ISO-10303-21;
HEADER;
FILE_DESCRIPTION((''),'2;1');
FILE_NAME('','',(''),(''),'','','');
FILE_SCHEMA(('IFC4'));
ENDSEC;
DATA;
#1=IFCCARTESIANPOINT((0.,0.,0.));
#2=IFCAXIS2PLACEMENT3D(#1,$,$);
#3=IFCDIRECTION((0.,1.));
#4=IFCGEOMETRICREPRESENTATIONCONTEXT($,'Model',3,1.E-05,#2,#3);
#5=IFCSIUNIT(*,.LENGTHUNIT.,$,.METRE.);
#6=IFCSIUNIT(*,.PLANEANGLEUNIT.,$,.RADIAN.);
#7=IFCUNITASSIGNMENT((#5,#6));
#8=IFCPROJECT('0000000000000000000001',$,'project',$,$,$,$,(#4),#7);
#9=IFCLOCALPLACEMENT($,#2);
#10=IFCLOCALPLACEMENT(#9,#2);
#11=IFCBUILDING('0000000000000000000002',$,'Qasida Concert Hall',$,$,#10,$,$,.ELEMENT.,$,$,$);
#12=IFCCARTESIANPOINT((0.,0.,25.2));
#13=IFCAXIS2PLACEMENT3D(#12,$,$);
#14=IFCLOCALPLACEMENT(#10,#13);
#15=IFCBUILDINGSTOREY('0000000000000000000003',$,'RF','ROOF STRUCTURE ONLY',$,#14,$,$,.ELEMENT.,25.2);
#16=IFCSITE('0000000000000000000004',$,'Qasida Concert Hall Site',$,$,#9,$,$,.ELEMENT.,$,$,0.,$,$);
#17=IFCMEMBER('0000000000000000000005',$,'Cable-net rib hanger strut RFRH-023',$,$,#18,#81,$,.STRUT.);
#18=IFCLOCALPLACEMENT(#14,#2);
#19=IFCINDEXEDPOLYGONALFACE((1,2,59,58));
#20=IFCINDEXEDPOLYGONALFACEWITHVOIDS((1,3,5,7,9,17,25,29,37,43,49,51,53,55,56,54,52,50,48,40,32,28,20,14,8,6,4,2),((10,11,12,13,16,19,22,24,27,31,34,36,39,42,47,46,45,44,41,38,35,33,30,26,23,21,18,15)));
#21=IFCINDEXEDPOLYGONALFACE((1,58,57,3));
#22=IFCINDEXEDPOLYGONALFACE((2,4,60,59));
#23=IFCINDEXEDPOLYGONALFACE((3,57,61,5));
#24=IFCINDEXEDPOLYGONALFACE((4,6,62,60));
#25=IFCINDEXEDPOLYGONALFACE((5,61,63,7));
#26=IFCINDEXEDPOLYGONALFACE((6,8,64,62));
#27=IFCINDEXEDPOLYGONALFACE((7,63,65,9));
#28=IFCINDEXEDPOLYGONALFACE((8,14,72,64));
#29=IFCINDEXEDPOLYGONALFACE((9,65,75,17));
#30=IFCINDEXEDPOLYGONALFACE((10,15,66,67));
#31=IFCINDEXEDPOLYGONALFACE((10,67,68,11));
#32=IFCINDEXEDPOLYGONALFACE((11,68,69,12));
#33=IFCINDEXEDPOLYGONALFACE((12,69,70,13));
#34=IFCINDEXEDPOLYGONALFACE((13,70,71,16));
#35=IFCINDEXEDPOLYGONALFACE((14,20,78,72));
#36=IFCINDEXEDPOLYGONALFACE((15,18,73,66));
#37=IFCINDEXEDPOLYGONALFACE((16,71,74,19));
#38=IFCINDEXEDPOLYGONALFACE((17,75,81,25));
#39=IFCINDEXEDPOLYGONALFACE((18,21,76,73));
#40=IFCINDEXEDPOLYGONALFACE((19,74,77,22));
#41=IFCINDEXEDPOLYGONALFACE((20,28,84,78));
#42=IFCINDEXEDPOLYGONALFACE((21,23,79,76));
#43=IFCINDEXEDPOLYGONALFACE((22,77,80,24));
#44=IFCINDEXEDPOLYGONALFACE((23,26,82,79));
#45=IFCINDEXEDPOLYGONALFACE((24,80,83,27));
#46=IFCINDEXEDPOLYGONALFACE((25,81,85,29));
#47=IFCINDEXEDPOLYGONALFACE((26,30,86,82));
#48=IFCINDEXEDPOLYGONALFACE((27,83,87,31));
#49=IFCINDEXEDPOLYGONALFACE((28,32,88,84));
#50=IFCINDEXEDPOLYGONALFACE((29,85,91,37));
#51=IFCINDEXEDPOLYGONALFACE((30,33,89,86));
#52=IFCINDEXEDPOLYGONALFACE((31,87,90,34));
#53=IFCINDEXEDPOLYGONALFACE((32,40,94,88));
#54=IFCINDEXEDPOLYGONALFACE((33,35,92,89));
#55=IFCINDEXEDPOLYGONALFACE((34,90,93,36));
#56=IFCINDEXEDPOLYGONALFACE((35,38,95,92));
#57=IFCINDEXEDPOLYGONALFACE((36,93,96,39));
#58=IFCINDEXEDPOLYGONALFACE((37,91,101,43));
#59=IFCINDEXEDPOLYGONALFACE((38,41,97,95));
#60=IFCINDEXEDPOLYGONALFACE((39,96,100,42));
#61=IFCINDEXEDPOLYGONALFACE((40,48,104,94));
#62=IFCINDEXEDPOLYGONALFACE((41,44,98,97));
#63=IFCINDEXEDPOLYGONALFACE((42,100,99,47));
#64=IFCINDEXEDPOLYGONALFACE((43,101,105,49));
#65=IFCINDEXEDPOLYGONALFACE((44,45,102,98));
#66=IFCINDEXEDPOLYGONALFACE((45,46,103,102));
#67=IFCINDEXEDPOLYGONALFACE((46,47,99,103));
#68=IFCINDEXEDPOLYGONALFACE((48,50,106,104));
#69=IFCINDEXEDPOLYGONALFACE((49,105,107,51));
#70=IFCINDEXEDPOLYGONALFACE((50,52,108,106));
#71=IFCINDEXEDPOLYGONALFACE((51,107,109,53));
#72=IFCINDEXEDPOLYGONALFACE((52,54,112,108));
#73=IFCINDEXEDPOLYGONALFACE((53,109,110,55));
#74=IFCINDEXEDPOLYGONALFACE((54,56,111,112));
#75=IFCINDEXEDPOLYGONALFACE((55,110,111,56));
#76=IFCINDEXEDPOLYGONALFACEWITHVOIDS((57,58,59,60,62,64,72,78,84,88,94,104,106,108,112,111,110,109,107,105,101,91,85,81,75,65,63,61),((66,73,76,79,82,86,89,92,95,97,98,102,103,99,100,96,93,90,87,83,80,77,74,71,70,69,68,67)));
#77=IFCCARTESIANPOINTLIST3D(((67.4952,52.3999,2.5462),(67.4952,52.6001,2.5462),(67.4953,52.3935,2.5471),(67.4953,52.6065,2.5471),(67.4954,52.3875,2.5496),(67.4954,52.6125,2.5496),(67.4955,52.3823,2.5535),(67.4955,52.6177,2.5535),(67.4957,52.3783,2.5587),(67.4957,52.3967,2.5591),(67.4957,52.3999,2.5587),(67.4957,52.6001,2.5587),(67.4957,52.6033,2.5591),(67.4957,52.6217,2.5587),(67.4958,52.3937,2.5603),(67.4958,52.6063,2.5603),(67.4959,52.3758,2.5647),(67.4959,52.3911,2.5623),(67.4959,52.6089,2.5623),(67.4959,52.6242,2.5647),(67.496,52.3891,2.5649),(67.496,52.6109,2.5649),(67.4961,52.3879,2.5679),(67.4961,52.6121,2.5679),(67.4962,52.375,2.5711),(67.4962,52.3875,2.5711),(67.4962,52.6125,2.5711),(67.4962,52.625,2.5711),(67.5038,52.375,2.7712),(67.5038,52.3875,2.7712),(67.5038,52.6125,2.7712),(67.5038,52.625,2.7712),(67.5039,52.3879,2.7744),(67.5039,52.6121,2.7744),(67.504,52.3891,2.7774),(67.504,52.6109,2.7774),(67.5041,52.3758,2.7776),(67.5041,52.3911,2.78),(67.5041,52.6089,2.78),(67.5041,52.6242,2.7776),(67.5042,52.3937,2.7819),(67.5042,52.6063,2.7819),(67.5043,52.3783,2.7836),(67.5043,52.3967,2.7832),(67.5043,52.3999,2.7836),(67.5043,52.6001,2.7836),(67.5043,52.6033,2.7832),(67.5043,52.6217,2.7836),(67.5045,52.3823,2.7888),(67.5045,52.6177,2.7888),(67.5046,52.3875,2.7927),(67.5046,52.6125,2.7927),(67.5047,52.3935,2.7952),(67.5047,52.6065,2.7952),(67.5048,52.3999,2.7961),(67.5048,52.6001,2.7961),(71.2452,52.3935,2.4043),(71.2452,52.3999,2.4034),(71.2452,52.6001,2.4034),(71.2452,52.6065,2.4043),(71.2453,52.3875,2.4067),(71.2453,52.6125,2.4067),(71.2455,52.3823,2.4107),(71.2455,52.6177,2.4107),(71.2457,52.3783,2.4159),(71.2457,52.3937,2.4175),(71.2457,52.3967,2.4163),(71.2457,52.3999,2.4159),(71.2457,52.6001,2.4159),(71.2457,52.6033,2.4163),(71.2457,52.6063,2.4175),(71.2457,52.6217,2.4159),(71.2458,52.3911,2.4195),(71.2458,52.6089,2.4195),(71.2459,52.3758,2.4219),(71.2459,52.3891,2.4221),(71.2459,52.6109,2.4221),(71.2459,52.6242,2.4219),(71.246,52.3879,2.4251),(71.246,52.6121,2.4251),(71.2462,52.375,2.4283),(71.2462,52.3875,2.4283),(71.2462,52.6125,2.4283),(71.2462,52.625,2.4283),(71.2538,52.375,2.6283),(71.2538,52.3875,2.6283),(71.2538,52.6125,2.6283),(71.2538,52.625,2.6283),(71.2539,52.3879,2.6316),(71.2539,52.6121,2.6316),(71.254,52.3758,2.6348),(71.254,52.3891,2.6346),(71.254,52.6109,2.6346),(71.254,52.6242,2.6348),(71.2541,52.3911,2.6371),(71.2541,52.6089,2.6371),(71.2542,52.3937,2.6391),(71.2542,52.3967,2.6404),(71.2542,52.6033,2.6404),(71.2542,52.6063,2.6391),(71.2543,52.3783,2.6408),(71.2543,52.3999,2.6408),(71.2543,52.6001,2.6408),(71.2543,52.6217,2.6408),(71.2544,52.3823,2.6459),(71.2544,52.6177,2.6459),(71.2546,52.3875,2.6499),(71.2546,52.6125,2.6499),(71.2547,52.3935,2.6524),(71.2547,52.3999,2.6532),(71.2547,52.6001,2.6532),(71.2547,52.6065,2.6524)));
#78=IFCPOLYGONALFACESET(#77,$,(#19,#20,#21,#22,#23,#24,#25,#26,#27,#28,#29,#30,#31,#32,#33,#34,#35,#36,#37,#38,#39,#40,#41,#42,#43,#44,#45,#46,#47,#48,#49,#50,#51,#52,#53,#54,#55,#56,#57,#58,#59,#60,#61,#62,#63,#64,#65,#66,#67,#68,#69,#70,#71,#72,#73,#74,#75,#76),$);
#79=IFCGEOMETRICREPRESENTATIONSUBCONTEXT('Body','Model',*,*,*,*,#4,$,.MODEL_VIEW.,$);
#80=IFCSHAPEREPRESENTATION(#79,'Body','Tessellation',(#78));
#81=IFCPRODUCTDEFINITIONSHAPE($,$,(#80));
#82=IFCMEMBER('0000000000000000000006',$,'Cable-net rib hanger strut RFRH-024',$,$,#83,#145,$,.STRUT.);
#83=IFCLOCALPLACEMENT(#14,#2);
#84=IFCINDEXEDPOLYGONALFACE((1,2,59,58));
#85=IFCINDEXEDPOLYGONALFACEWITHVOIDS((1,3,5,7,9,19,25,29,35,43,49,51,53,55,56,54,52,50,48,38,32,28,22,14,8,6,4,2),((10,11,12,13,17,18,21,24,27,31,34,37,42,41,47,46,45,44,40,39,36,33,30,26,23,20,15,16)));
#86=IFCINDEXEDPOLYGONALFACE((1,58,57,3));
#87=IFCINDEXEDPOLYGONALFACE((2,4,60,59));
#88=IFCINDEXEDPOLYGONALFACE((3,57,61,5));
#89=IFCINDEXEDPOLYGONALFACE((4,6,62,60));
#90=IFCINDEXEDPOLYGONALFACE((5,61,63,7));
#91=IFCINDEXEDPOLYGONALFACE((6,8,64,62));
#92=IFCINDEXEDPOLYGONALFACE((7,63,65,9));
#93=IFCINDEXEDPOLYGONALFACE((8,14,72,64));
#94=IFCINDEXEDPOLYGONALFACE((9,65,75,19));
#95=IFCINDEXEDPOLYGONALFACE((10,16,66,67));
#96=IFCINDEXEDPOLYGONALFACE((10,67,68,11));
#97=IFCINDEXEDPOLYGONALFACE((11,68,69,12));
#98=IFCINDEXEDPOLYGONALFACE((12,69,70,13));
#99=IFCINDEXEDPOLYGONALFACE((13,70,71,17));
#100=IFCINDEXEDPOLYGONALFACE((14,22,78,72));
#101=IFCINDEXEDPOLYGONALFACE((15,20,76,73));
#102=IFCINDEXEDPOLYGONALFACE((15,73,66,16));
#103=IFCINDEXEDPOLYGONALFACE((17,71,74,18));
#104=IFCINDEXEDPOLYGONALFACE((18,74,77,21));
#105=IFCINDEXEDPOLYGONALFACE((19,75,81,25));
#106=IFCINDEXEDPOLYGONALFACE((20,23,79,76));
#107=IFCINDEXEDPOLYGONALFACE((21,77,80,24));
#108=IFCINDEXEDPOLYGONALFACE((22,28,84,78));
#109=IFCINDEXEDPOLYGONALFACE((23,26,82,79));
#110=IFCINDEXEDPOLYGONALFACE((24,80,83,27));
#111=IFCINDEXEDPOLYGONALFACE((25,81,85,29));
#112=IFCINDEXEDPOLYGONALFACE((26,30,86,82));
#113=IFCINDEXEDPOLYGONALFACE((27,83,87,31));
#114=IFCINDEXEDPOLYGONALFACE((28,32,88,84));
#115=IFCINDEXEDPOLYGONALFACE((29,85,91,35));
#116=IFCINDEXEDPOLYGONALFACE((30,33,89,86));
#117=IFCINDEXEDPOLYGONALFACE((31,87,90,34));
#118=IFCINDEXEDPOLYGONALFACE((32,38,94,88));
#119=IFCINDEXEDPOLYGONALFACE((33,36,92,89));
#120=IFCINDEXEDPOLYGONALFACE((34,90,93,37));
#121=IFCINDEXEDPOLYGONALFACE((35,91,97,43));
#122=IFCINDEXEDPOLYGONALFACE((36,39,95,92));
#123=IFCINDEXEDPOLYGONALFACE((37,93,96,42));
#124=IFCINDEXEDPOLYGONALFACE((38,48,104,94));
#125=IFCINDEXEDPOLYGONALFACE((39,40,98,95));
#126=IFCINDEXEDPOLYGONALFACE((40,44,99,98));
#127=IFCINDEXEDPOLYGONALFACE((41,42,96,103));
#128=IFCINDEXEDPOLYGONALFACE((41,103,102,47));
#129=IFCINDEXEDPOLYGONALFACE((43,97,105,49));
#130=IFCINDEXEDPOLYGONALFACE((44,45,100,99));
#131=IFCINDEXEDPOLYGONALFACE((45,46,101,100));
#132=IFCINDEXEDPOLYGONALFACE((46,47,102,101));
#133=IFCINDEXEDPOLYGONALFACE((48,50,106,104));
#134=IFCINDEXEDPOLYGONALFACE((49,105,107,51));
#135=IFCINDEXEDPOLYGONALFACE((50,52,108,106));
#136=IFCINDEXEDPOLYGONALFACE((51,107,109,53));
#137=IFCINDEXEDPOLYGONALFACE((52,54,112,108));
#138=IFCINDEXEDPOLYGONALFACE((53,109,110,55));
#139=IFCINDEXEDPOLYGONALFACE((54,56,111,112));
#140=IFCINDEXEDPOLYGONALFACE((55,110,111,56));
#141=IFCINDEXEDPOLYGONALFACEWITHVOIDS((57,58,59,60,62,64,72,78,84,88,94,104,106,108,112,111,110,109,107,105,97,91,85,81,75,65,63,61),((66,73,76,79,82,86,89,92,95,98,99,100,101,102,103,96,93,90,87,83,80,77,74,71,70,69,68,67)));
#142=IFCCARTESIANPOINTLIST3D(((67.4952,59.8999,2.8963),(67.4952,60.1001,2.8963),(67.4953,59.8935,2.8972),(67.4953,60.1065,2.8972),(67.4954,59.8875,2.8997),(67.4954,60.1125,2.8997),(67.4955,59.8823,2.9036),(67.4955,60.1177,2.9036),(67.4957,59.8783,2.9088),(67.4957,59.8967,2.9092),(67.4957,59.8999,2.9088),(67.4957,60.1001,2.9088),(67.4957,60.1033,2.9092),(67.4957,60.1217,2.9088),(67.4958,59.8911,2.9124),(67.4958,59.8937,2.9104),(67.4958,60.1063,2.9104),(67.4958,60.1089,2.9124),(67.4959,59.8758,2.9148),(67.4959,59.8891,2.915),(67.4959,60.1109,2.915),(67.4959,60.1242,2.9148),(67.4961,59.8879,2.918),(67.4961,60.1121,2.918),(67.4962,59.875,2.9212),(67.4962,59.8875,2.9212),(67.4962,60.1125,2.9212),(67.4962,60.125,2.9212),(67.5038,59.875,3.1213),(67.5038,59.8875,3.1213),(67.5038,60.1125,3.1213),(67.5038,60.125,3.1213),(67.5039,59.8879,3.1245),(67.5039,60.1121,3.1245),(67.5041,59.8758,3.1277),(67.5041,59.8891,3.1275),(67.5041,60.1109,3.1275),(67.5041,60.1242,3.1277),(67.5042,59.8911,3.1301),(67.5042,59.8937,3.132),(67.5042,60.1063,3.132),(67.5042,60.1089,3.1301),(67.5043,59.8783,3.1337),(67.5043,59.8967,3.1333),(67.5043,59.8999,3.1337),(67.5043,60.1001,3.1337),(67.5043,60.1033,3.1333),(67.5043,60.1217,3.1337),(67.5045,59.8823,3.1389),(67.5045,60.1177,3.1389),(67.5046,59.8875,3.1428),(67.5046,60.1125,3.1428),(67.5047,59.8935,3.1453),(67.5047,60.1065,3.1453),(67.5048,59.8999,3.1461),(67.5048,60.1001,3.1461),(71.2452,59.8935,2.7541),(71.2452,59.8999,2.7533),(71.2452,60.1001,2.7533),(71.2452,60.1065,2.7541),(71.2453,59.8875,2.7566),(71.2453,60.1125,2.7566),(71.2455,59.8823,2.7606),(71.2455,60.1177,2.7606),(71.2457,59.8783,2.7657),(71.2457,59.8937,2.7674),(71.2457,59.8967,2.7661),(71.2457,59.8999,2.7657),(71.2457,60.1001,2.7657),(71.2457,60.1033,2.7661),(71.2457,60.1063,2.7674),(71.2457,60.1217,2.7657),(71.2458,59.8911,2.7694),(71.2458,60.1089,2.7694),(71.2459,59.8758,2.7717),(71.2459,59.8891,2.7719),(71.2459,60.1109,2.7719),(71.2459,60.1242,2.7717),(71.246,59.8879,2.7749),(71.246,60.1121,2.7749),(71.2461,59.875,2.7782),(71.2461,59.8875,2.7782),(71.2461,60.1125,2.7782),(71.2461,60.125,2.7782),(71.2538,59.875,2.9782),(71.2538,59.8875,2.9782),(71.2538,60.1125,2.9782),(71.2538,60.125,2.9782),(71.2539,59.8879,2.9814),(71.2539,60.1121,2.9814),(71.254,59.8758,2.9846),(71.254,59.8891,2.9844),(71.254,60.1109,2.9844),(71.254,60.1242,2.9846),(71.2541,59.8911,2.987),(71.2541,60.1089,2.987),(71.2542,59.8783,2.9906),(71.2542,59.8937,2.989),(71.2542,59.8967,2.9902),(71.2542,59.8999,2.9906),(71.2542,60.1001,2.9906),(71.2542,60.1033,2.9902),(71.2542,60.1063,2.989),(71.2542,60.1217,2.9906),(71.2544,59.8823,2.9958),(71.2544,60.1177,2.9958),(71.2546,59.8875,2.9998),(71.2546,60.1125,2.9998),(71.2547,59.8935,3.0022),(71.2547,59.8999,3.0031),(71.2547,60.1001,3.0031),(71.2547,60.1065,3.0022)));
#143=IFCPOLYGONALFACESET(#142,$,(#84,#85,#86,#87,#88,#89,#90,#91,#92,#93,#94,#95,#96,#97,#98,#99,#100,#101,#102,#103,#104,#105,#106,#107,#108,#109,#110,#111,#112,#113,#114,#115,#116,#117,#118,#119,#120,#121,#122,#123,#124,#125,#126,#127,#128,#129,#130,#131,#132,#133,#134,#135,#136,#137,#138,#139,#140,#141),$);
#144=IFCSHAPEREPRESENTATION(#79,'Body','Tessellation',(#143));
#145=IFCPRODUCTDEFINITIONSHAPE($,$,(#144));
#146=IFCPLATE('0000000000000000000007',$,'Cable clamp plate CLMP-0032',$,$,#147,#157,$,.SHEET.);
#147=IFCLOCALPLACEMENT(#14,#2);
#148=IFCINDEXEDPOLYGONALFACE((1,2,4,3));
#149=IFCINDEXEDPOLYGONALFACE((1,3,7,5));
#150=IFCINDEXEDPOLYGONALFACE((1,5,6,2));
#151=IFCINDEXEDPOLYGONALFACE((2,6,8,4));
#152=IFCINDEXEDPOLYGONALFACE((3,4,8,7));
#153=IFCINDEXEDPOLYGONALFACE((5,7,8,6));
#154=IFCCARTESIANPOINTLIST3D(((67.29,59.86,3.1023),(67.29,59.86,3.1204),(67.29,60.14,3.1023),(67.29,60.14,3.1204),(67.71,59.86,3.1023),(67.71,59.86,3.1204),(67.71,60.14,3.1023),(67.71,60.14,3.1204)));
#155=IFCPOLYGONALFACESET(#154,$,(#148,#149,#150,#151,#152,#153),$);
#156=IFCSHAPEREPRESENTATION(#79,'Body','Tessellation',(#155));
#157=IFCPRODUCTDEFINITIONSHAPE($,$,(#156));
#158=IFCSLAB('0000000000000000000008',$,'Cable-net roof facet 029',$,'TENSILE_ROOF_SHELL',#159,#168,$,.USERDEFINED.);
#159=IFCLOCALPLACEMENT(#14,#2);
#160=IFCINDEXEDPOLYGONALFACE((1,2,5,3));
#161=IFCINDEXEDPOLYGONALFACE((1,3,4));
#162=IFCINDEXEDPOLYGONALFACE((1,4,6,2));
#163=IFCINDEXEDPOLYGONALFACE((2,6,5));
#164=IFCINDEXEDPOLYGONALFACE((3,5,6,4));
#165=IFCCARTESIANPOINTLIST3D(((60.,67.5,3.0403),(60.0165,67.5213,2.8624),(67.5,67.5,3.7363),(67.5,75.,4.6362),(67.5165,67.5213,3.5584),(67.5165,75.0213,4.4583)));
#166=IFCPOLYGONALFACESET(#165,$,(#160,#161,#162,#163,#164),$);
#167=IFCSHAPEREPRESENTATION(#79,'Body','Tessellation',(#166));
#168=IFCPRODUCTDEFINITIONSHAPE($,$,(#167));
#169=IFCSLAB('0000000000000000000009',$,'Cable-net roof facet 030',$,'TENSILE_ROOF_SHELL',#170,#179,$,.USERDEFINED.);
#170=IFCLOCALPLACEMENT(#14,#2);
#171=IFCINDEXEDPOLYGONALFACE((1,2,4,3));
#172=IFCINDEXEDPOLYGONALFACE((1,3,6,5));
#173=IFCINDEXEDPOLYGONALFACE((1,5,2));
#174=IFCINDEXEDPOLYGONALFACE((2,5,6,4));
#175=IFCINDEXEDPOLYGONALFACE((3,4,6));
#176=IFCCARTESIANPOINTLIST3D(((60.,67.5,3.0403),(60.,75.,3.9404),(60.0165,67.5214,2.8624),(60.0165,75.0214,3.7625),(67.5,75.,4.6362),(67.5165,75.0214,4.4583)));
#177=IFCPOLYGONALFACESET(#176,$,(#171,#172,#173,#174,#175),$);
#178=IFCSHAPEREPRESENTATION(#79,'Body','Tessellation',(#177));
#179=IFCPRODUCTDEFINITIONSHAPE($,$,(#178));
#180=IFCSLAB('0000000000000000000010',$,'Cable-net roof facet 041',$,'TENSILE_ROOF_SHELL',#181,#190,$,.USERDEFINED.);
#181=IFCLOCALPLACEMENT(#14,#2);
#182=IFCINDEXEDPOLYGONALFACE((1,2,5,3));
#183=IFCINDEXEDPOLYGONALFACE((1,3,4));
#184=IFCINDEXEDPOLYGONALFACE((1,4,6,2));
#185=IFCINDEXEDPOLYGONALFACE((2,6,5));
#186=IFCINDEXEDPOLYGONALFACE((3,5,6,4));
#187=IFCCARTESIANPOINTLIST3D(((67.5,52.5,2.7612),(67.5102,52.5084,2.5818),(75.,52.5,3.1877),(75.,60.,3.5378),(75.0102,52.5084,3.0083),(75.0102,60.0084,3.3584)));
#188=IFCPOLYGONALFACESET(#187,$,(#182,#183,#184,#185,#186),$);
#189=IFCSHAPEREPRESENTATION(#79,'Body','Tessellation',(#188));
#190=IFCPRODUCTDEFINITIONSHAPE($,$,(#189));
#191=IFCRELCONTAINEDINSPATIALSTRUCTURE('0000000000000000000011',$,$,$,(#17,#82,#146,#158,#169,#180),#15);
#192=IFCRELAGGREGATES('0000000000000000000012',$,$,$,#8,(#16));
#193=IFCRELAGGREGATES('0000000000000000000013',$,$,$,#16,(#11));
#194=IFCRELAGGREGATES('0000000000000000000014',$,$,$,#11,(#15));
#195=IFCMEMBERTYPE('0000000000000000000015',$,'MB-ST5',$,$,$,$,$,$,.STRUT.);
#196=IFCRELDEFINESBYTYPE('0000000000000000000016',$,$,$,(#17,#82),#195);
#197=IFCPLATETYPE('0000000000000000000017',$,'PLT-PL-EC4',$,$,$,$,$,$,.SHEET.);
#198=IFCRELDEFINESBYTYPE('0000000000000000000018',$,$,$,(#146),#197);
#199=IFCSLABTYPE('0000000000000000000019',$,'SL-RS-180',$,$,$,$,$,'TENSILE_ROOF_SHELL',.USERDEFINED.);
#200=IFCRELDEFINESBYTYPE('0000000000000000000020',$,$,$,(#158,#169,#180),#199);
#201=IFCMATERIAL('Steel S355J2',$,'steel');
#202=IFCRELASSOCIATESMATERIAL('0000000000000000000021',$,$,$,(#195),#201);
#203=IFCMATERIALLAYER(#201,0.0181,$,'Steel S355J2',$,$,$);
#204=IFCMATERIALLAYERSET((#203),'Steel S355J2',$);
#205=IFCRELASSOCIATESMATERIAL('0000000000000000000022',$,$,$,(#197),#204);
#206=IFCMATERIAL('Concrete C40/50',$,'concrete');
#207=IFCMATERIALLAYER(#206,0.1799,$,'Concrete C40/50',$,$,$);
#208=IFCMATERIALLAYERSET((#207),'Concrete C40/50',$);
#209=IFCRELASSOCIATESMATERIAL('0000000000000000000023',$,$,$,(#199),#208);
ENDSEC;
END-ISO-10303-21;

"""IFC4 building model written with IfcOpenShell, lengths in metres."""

from ifc_helpers import new_model, si_unit, direction, frame, origin, origin_2d, place, context, subcontext, project, spatial, polyline, rectangle, hollow_rectangle, outline, extrude, material, layer, layer_set, material_profile, profile_set, type_object, element, save


model = new_model("IFC4")

# Units and contexts
model_context = context("Model", 3, precision=1e-05, world=origin(), true_north=direction((0.0, 1.0)))
body_context = subcontext(model_context, "Body", "Model", "MODEL_VIEW")
ifc_project = project(units=[si_unit("LENGTHUNIT", "METRE"), si_unit("PLANEANGLEUNIT", "RADIAN")], contexts=[model_context])

# Site, building, storey
site_placement = place(None, origin())
site = spatial("IfcSite", under=ifc_project, at=site_placement, Name="Qasida Concert Hall Site", CompositionType="ELEMENT", RefElevation=0.0)
building_placement = place(site_placement, origin())
building = spatial("IfcBuilding", under=site, at=building_placement, Name="Qasida Concert Hall", CompositionType="ELEMENT")
storey_placement = place(building_placement, frame((0.0, 0.0, 25.2)))
storey = spatial("IfcBuildingStorey", under=building, at=storey_placement, Name="RF", Description="ROOF STRUCTURE ONLY", CompositionType="ELEMENT", Elevation=25.2)

# Members
ifc_material_1 = material(Name="Steel S355J2", Category="steel")
ifc_material_profile_1 = material_profile(ifc_material_1, hollow_rectangle(XDim=0.25, YDim=0.25, WallThickness=0.0125, InnerFilletRadius=0.0125, OuterFilletRadius=0.0249, at=origin_2d()), Name="SHS 250x250x12.5")
ifc_profile_set_1 = profile_set([ifc_material_profile_1], Name="Steel S355J2")
member_type_1 = type_object("IfcMemberType", Name="MB-ST5", PredefinedType="STRUT", material=ifc_profile_set_1)
for number, where, z_axis, x_axis, name in (
    (1, (67.5, 52.5, 2.6711), (0.999276, 0.0, -0.038058), (0.0, 1.0, 0.0), "Cable-net rib hanger strut RFRH-023"),
    (2, (67.5, 60.0, 3.0212), (0.999273, 0.0, -0.038123), (0.0, 1.0, 0.0), "Cable-net rib hanger strut RFRH-024"),
):
    element("IfcMember", number, at=place(storey_placement, frame(where, z_axis=z_axis, x_axis=x_axis)), inside=storey, type_object=member_type_1, Name=name, PredefinedType="STRUT", context=body_context, shape_type="SweptSolid", body=[
        extrude(hollow_rectangle(XDim=0.25, YDim=0.25, WallThickness=0.0125, InnerFilletRadius=0.0125, OuterFilletRadius=0.0249, at=origin_2d()), origin(), (0.0, 0.0, 1.0), 3.7527),
    ])

# Plate
ifc_layer_1 = layer(ifc_material_1, 0.0181, Name="Steel S355J2")
ifc_layer_set_1 = layer_set([ifc_layer_1], Name="Steel S355J2")
plate_type = type_object("IfcPlateType", Name="PLT-PL-EC4", PredefinedType="SHEET", material=ifc_layer_set_1)
plate_placement = place(storey_placement, frame((67.5, 60.0, 3.1023), z_axis=(0.0, 0.0, 1.0), x_axis=(1.0, 0.0, 0.0)))
element("IfcPlate", 3, at=plate_placement, inside=storey, type_object=plate_type, Name="Cable clamp plate CLMP-0032", PredefinedType="SHEET", context=body_context, shape_type="SweptSolid", body=[
    extrude(rectangle(XDim=0.4199, YDim=0.28, at=origin_2d()), origin(), (0.0, 0.0, 1.0), 0.0181),
])

# Slabs
ifc_material_2 = material(Name="Concrete C40/50", Category="concrete")
ifc_layer_2 = layer(ifc_material_2, 0.1799, Name="Concrete C40/50")
ifc_layer_set_2 = layer_set([ifc_layer_2], Name="Concrete C40/50")
slab_type = type_object("IfcSlabType", Name="SL-RS-180", ElementType="TENSILE_ROOF_SHELL", PredefinedType="USERDEFINED", material=ifc_layer_set_2)
slab_1_placement = place(storey_placement, frame((60.0, 67.5, 3.0403), z_axis=(-0.091756, -0.11863, 0.98869), x_axis=(0.995721, 0.0, 0.092409)))
element("IfcSlab", 4, at=slab_1_placement, inside=storey, type_object=slab_type, Name="Cable-net roof facet 029", ObjectType="TENSILE_ROOF_SHELL", PredefinedType="USERDEFINED", context=body_context, shape_type="SweptSolid", body=[
    extrude(outline(polyline([(0.0, 0.0), (7.5322, 0.0), (7.6154, 7.5533), (0.0, 0.0)])), origin(), (0.0, 0.0, -1.0), 0.1799),
])
slab_2_placement = place(storey_placement, frame((60.0, 67.5, 3.0403), z_axis=(-0.091724, -0.118662, 0.988689), x_axis=(0.699236, 0.699236, 0.148792)))
element("IfcSlab", 5, at=slab_2_placement, inside=storey, type_object=slab_type, Name="Cable-net roof facet 030", ObjectType="TENSILE_ROOF_SHELL", PredefinedType="USERDEFINED", context=body_context, shape_type="SweptSolid", body=[
    extrude(outline(polyline([(0.0, 0.0), (10.726, 0.0), (5.3782, 5.3043), (0.0, 0.0)])), origin(), (0.0, 0.0, -1.0), 0.1799),
])
slab_3_placement = place(storey_placement, frame((67.5, 52.5, 2.7612), z_axis=(-0.056715, -0.046554, 0.997304), x_axis=(0.998387, 0.0, 0.056777)))
element("IfcSlab", 6, at=slab_3_placement, inside=storey, type_object=slab_type, Name="Cable-net roof facet 041", ObjectType="TENSILE_ROOF_SHELL", PredefinedType="USERDEFINED", context=body_context, shape_type="SweptSolid", body=[
    extrude(outline(polyline([(0.0, 0.0), (7.5121, 0.0), (7.532, 7.5081), (0.0, 0.0)])), origin(), (0.0, 0.0, -1.0), 0.1799),
])

save(model, "model.ifc")
